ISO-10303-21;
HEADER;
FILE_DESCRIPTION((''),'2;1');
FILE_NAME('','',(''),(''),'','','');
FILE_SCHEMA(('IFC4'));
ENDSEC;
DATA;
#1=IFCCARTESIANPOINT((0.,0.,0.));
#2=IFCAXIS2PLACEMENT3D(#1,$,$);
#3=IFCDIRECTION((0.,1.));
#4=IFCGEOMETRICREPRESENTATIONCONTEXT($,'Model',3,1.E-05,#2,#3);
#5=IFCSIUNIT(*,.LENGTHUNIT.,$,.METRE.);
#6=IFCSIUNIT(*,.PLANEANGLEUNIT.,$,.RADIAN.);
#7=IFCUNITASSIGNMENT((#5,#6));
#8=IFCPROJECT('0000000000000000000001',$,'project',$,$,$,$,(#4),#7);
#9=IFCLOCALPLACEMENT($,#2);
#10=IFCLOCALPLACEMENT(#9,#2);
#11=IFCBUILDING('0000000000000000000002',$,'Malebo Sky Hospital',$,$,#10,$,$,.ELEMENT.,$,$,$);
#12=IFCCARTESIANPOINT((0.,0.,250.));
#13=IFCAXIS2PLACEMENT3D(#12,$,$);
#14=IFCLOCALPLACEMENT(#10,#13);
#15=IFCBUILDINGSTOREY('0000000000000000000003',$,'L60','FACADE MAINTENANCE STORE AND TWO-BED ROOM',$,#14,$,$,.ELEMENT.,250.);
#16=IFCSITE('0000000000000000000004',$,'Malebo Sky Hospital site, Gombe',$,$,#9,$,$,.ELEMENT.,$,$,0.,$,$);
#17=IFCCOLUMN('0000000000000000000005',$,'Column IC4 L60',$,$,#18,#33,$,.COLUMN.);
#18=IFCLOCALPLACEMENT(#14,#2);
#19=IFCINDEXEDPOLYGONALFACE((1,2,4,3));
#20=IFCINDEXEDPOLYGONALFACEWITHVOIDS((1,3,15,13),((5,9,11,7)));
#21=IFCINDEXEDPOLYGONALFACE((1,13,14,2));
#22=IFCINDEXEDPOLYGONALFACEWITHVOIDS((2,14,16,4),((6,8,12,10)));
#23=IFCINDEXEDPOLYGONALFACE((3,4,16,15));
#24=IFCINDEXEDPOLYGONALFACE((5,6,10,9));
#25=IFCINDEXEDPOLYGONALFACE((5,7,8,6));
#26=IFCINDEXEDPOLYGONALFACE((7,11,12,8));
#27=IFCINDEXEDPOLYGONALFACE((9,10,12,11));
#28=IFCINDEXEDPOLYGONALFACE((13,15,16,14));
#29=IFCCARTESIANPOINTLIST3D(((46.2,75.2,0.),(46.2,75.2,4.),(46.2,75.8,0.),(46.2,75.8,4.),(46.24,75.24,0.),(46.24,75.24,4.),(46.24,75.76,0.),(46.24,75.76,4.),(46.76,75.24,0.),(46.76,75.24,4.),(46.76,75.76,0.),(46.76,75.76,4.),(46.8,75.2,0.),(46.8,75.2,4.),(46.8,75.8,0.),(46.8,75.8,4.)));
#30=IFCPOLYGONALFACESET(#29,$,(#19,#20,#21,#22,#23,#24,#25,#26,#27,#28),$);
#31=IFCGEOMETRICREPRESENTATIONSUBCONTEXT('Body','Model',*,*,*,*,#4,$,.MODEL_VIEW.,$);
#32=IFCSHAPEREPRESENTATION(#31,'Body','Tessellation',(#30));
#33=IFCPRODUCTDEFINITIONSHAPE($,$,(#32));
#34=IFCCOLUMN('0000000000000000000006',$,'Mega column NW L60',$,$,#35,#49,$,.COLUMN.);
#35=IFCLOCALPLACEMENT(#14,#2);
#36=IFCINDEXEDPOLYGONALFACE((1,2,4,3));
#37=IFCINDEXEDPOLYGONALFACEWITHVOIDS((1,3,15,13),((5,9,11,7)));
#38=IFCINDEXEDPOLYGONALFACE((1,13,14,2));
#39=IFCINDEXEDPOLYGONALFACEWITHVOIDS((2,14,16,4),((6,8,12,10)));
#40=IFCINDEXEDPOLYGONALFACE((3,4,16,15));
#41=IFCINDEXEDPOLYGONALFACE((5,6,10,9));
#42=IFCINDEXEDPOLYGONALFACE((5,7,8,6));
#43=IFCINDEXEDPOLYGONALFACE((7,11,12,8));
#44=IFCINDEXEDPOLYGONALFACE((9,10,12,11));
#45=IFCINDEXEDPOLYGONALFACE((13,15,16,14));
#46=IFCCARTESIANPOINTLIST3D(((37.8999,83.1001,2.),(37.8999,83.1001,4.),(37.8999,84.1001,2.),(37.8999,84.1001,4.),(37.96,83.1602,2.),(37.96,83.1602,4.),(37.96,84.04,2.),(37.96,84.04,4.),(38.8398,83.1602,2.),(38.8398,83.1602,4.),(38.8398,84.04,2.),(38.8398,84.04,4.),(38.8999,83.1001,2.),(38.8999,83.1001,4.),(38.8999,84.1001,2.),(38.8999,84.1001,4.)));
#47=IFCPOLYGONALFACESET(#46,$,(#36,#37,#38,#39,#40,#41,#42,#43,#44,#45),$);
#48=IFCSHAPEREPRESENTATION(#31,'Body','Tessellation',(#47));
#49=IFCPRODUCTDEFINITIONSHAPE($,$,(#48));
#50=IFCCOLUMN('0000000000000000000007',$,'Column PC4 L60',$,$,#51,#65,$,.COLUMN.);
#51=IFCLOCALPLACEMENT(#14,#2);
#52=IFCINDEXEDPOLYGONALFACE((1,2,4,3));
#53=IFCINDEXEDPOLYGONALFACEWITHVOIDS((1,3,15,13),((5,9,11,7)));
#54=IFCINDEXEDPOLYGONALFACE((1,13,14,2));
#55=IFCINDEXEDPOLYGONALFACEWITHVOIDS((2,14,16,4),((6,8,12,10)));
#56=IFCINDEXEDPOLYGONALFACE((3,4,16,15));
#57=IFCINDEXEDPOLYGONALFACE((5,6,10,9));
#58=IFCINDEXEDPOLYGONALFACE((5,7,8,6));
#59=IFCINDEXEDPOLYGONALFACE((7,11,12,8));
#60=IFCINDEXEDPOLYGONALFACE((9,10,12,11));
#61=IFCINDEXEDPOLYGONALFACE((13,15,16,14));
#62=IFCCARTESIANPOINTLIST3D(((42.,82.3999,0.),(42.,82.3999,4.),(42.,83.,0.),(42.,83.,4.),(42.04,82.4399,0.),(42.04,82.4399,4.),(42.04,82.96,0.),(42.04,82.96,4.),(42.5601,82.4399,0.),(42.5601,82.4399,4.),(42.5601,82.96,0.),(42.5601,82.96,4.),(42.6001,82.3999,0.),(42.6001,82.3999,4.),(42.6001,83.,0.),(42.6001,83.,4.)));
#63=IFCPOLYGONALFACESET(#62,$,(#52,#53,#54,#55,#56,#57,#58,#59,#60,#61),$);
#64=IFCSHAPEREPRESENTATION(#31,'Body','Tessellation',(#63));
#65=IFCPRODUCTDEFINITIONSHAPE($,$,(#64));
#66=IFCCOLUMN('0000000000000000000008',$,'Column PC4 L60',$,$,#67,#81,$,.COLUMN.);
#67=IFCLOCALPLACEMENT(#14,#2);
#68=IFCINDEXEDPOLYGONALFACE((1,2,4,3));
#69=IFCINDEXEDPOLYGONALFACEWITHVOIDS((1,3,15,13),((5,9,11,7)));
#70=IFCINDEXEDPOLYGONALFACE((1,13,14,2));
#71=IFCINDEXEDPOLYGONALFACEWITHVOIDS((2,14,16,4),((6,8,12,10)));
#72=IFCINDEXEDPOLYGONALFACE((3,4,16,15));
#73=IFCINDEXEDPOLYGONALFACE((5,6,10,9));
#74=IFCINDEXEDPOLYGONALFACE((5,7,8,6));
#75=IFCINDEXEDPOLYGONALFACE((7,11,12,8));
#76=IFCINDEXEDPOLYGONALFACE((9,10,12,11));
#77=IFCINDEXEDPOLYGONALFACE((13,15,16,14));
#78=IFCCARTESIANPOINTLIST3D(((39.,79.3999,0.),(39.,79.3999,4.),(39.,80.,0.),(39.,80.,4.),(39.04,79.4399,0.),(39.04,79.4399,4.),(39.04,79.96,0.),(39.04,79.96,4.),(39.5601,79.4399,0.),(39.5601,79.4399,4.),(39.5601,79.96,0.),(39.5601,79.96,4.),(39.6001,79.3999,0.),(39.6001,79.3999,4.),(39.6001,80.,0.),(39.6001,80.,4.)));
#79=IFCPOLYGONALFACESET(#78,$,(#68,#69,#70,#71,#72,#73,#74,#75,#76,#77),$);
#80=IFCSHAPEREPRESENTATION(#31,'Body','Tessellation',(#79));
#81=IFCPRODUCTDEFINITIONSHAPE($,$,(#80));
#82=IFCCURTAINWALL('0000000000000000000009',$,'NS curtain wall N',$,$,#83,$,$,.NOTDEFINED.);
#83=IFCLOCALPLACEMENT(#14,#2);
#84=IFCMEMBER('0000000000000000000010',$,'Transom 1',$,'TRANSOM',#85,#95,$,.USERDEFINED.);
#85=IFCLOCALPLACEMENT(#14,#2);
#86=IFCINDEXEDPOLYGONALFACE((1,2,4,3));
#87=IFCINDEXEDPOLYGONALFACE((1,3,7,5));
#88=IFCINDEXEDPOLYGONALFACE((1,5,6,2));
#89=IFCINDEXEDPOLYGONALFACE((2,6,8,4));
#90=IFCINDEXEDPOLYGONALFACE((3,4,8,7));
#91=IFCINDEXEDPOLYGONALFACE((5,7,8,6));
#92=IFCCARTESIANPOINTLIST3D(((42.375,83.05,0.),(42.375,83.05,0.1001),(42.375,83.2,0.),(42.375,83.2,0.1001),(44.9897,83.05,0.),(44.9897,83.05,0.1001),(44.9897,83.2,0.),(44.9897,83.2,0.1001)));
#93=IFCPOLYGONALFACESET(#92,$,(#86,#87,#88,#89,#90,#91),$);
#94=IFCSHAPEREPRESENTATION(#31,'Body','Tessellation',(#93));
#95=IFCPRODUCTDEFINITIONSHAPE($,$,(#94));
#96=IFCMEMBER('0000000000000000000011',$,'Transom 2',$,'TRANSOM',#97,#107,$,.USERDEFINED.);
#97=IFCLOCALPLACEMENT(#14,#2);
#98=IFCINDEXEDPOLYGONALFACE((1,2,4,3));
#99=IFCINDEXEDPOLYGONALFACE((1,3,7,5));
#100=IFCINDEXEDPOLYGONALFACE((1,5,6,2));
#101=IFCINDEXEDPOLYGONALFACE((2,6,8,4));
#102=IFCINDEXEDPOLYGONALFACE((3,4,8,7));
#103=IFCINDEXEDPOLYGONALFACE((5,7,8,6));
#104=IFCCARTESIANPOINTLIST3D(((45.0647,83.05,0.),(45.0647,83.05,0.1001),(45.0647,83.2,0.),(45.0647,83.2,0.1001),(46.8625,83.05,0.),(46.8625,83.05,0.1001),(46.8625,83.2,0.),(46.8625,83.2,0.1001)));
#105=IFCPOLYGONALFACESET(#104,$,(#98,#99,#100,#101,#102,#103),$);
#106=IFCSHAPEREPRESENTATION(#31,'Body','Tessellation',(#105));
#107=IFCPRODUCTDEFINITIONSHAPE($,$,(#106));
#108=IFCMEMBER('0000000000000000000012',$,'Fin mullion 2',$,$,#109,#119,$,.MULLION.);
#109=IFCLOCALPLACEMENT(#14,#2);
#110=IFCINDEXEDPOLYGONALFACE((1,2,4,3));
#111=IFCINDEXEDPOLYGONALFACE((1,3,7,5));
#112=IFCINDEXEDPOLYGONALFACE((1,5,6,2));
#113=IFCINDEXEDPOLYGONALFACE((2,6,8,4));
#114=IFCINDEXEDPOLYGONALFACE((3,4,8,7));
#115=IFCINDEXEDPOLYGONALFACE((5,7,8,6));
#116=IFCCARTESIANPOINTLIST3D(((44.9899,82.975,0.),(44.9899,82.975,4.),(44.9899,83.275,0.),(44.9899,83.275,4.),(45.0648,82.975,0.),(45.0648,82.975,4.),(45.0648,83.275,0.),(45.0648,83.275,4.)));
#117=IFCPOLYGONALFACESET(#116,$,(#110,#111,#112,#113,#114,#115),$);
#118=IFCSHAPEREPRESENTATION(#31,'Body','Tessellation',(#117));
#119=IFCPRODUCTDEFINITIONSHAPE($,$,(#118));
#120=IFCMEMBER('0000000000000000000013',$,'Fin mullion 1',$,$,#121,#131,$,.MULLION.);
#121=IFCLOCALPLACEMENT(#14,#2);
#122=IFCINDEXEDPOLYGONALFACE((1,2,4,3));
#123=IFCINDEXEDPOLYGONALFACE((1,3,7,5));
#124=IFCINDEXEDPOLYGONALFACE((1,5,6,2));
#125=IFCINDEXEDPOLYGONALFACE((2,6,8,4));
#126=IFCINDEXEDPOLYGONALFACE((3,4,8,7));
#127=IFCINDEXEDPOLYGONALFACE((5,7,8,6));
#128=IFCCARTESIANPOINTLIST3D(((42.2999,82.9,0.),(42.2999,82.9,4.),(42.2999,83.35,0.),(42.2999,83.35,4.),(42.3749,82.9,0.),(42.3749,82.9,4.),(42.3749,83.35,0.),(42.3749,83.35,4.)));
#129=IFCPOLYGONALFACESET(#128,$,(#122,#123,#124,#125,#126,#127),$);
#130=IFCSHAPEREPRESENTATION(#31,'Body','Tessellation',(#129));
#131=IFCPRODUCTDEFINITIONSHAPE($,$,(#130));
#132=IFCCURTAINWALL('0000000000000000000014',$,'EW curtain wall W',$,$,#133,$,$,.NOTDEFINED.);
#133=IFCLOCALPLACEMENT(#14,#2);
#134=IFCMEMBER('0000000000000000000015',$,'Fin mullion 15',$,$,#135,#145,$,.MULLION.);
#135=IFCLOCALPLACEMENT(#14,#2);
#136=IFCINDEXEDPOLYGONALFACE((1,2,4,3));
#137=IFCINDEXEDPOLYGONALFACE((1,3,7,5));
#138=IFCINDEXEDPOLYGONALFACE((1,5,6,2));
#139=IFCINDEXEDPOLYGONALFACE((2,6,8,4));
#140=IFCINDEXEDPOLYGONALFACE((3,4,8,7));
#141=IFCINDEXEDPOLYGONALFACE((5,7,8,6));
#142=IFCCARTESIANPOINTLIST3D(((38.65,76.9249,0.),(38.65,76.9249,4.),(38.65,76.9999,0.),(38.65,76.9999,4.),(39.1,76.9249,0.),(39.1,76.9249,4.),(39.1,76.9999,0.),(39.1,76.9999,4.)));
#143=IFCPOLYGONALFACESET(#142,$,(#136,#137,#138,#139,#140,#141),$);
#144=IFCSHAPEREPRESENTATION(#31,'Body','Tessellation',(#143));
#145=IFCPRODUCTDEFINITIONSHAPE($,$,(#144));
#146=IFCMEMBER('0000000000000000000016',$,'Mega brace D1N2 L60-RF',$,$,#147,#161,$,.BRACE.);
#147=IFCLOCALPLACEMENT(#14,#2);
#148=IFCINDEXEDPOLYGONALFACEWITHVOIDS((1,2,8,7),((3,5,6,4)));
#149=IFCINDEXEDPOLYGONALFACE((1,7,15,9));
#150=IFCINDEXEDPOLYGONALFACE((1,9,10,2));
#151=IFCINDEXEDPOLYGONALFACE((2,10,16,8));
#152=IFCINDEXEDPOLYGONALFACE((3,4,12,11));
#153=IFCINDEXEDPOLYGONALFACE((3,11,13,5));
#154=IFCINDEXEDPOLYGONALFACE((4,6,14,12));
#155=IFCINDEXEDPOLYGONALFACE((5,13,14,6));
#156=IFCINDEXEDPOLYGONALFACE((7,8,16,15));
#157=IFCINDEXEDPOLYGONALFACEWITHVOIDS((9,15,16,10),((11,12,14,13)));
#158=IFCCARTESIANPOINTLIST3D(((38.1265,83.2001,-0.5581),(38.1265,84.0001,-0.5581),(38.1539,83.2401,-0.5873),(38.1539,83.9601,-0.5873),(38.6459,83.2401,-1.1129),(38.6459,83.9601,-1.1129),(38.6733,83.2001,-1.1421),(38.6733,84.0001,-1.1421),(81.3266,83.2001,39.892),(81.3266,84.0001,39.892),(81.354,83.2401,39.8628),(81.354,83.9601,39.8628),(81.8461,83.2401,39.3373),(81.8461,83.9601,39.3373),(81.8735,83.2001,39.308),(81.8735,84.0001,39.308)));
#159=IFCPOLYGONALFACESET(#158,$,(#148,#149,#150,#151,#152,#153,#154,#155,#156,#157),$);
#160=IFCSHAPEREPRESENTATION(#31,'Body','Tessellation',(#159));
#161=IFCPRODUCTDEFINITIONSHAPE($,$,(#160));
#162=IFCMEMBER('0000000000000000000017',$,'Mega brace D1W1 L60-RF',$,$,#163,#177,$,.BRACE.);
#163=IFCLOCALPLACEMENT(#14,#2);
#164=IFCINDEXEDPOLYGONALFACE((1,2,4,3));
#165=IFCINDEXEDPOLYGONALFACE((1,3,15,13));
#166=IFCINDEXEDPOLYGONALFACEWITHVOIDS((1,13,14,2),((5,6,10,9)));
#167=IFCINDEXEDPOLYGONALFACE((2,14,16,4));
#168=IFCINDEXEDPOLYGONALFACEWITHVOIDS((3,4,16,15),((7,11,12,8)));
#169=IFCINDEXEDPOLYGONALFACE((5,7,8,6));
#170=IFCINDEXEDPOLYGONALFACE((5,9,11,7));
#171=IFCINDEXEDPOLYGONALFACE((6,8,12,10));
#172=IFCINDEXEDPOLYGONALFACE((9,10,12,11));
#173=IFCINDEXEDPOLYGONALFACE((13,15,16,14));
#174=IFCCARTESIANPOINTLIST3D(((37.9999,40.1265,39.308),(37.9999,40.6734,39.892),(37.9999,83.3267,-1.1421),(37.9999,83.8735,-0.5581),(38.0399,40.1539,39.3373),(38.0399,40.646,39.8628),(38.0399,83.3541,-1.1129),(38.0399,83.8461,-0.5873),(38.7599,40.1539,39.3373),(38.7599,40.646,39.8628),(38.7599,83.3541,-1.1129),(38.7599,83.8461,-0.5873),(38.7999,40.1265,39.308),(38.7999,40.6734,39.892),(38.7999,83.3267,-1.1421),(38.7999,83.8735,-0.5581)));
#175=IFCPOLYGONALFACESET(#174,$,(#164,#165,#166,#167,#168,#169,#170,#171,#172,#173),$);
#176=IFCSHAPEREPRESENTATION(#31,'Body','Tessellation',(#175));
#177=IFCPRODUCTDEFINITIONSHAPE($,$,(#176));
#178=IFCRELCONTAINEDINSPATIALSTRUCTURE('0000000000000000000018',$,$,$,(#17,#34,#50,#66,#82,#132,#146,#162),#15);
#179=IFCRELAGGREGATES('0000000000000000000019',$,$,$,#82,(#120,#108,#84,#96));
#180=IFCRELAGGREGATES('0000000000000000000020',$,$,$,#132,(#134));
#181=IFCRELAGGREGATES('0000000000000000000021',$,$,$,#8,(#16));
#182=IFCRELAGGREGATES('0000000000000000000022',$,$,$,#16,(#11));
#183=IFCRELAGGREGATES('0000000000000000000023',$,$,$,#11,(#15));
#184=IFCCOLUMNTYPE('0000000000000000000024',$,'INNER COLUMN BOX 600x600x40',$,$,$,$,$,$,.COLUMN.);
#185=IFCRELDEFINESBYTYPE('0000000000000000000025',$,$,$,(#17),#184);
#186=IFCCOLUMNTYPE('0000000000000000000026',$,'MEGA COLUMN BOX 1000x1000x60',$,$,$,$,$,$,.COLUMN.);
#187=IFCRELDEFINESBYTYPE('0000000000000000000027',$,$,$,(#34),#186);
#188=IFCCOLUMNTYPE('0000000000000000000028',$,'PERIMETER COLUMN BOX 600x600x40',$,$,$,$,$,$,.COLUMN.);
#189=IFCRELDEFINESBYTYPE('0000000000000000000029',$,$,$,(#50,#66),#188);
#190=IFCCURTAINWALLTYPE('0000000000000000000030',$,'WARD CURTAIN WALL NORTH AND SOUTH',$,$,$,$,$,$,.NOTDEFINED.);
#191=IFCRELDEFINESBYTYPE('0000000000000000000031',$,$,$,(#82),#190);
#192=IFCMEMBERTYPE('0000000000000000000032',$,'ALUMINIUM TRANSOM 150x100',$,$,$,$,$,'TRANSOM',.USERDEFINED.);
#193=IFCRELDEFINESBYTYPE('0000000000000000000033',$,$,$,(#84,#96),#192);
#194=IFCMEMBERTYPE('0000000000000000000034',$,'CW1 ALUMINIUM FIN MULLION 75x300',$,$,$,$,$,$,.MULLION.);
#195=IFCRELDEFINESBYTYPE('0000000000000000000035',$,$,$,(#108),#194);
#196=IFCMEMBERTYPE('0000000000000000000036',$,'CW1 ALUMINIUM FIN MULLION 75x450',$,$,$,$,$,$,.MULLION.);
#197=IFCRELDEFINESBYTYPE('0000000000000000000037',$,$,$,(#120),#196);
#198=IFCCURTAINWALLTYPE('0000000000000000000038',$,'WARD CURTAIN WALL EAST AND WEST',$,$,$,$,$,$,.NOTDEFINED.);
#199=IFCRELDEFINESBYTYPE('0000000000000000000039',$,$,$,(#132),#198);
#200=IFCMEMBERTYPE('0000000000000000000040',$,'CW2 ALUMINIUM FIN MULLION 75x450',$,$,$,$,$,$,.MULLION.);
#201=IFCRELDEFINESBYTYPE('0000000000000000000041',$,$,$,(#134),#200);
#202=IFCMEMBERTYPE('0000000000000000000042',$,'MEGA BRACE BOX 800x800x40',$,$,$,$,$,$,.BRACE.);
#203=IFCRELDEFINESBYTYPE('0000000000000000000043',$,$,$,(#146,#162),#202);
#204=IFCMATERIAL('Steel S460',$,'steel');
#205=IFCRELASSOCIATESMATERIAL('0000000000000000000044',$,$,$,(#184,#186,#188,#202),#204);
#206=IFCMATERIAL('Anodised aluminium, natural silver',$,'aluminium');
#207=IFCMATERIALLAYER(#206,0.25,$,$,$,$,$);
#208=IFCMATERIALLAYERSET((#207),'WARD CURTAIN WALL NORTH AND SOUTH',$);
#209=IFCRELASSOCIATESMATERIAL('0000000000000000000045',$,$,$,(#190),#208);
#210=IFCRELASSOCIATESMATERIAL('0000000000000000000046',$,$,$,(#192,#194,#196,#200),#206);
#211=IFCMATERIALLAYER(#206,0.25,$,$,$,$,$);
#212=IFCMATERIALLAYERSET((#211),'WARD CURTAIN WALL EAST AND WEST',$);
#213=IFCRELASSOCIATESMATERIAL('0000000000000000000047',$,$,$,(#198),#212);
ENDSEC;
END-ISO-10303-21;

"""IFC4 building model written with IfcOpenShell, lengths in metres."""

from ifc_helpers import new_model, si_unit, direction, frame, origin, origin_2d, place, context, subcontext, project, spatial, rectangle, hollow_rectangle, extrude, material, layer, layer_set, material_profile, profile_set, type_object, element, aggregate, save


model = new_model("IFC4")

# Units and contexts
model_context = context("Model", 3, precision=1e-05, world=origin(), true_north=direction((0.0, 1.0)))
body_context = subcontext(model_context, "Body", "Model", "MODEL_VIEW")
ifc_project = project(units=[si_unit("LENGTHUNIT", "METRE"), si_unit("PLANEANGLEUNIT", "RADIAN")], contexts=[model_context])

# Site, building, storey
site_placement = place(None, origin())
site = spatial("IfcSite", under=ifc_project, at=site_placement, Name="Malebo Sky Hospital site, Gombe", CompositionType="ELEMENT", RefElevation=0.0)
building_placement = place(site_placement, origin())
building = spatial("IfcBuilding", under=site, at=building_placement, Name="Malebo Sky Hospital", CompositionType="ELEMENT")
storey_placement = place(building_placement, frame((0.0, 0.0, 250.0)))
storey = spatial("IfcBuildingStorey", under=building, at=storey_placement, Name="L60", Description="FACADE MAINTENANCE STORE AND TWO-BED ROOM", CompositionType="ELEMENT", Elevation=250.0)

# Columns
ifc_material_1 = material(Name="Steel S460", Category="steel")
ifc_material_profile_1 = material_profile(ifc_material_1, hollow_rectangle(XDim=0.6001, YDim=0.6001, WallThickness=0.04, at=origin_2d()), Name="BOX 600x600x40")
ifc_profile_set_1 = profile_set([ifc_material_profile_1], Name="Steel S460")
column_type_1 = type_object("IfcColumnType", Name="INNER COLUMN BOX 600x600x40", PredefinedType="COLUMN", material=ifc_profile_set_1)
column_1_placement = place(storey_placement, frame((46.5, 75.5, 0.0), z_axis=(0.0, 0.0, 1.0), x_axis=(1.0, 0.0, 0.0)))
element("IfcColumn", 1, at=column_1_placement, inside=storey, type_object=column_type_1, Name="Column IC4 L60", PredefinedType="COLUMN", context=body_context, shape_type="SweptSolid", body=[
    extrude(hollow_rectangle(XDim=0.6001, YDim=0.6001, WallThickness=0.04, at=origin_2d()), origin(), (0.0, 0.0, 1.0), 4.0),
])
ifc_material_profile_2 = material_profile(ifc_material_1, hollow_rectangle(XDim=1.0, YDim=1.0, WallThickness=0.0601, at=origin_2d()), Name="BOX 1000x1000x60")
ifc_profile_set_2 = profile_set([ifc_material_profile_2], Name="Steel S460")
column_type_2 = type_object("IfcColumnType", Name="MEGA COLUMN BOX 1000x1000x60", PredefinedType="COLUMN", material=ifc_profile_set_2)
column_2_placement = place(storey_placement, frame((38.3999, 83.6001, 2.0), z_axis=(0.0, 0.0, 1.0), x_axis=(1.0, 0.0, 0.0)))
element("IfcColumn", 2, at=column_2_placement, inside=storey, type_object=column_type_2, Name="Mega column NW L60", PredefinedType="COLUMN", context=body_context, shape_type="SweptSolid", body=[
    extrude(hollow_rectangle(XDim=1.0, YDim=1.0, WallThickness=0.0601, at=origin_2d()), origin(), (0.0, 0.0, 1.0), 2.0),
])
ifc_material_profile_3 = material_profile(ifc_material_1, hollow_rectangle(XDim=0.6001, YDim=0.6001, WallThickness=0.04, at=origin_2d()), Name="BOX 600x600x40")
ifc_profile_set_3 = profile_set([ifc_material_profile_3], Name="Steel S460")
column_type_3 = type_object("IfcColumnType", Name="PERIMETER COLUMN BOX 600x600x40", PredefinedType="COLUMN", material=ifc_profile_set_3)
for number, where, z_axis, x_axis, name in (
    (3, (42.3, 82.7, 0.0), (0.0, 0.0, 1.0), (1.0, 0.0, 0.0), "Column PC4 L60"),
    (4, (39.3, 79.7, 0.0), (0.0, 0.0, 1.0), (1.0, 0.0, 0.0), "Column PC4 L60"),
):
    element("IfcColumn", number, at=place(storey_placement, frame(where, z_axis=z_axis, x_axis=x_axis)), inside=storey, type_object=column_type_3, Name=name, PredefinedType="COLUMN", context=body_context, shape_type="SweptSolid", body=[
        extrude(hollow_rectangle(XDim=0.6001, YDim=0.6001, WallThickness=0.04, at=origin_2d()), origin(), (0.0, 0.0, 1.0), 4.0),
    ])

# Curtain wall, members
ifc_material_2 = material(Name="Anodised aluminium, natural silver", Category="aluminium")
ifc_layer_1 = layer(ifc_material_2, 0.25)
ifc_layer_set_1 = layer_set([ifc_layer_1], Name="WARD CURTAIN WALL NORTH AND SOUTH")
curtain_wall_type_1 = type_object("IfcCurtainWallType", Name="WARD CURTAIN WALL NORTH AND SOUTH", PredefinedType="NOTDEFINED", material=ifc_layer_set_1)
curtain_wall_1_placement = place(storey_placement, origin())
curtain_wall_1 = element("IfcCurtainWall", 5, at=curtain_wall_1_placement, inside=storey, type_object=curtain_wall_type_1, Name="NS curtain wall N", PredefinedType="NOTDEFINED")
ifc_material_profile_4 = material_profile(ifc_material_2, rectangle(XDim=0.1499, YDim=0.1001, at=origin_2d()), Name="ALUMINIUM TRANSOM 150x100")
ifc_profile_set_4 = profile_set([ifc_material_profile_4], Name="Anodised aluminium, natural silver")
member_type_1 = type_object("IfcMemberType", Name="ALUMINIUM TRANSOM 150x100", ElementType="TRANSOM", PredefinedType="USERDEFINED", material=ifc_profile_set_4)
member_1_placement = place(storey_placement, frame((42.375, 83.125, 0.05), z_axis=(1.0, 0.0, 0.0), x_axis=(0.0, 1.0, 0.0)))
member_1 = element("IfcMember", 6, at=member_1_placement, type_object=member_type_1, Name="Transom 1", ObjectType="TRANSOM", PredefinedType="USERDEFINED", context=body_context, shape_type="SweptSolid", body=[
    extrude(rectangle(XDim=0.1499, YDim=0.1001, at=origin_2d()), origin(), (0.0, 0.0, 1.0), 2.6147),
])
member_2_placement = place(storey_placement, frame((45.0647, 83.125, 0.05), z_axis=(1.0, 0.0, 0.0), x_axis=(0.0, 1.0, 0.0)))
member_2 = element("IfcMember", 7, at=member_2_placement, type_object=member_type_1, Name="Transom 2", ObjectType="TRANSOM", PredefinedType="USERDEFINED", context=body_context, shape_type="SweptSolid", body=[
    extrude(rectangle(XDim=0.1499, YDim=0.1001, at=origin_2d()), origin(), (0.0, 0.0, 1.0), 1.7979),
])
ifc_material_profile_5 = material_profile(ifc_material_2, rectangle(XDim=0.075, YDim=0.3, at=origin_2d()), Name="CW1 ALUMINIUM FIN MULLION 75x300")
ifc_profile_set_5 = profile_set([ifc_material_profile_5], Name="Anodised aluminium, natural silver")
member_type_2 = type_object("IfcMemberType", Name="CW1 ALUMINIUM FIN MULLION 75x300", PredefinedType="MULLION", material=ifc_profile_set_5)
member_3_placement = place(storey_placement, frame((45.0273, 83.125, 0.0), z_axis=(0.0, 0.0, 1.0), x_axis=(1.0, 0.0, 0.0)))
member_3 = element("IfcMember", 8, at=member_3_placement, type_object=member_type_2, Name="Fin mullion 2", PredefinedType="MULLION", context=body_context, shape_type="SweptSolid", body=[
    extrude(rectangle(XDim=0.075, YDim=0.3, at=origin_2d()), origin(), (0.0, 0.0, 1.0), 4.0),
])
ifc_material_profile_6 = material_profile(ifc_material_2, rectangle(XDim=0.075, YDim=0.45, at=origin_2d()), Name="CW1 ALUMINIUM FIN MULLION 75x450")
ifc_profile_set_6 = profile_set([ifc_material_profile_6], Name="Anodised aluminium, natural silver")
member_type_3 = type_object("IfcMemberType", Name="CW1 ALUMINIUM FIN MULLION 75x450", PredefinedType="MULLION", material=ifc_profile_set_6)
member_4_placement = place(storey_placement, frame((42.3374, 83.125, 0.0), z_axis=(0.0, 0.0, 1.0), x_axis=(1.0, 0.0, 0.0)))
member_4 = element("IfcMember", 9, at=member_4_placement, type_object=member_type_3, Name="Fin mullion 1", PredefinedType="MULLION", context=body_context, shape_type="SweptSolid", body=[
    extrude(rectangle(XDim=0.075, YDim=0.45, at=origin_2d()), origin(), (0.0, 0.0, 1.0), 4.0),
])

# Curtain wall, member
ifc_layer_2 = layer(ifc_material_2, 0.25)
ifc_layer_set_2 = layer_set([ifc_layer_2], Name="WARD CURTAIN WALL EAST AND WEST")
curtain_wall_type_2 = type_object("IfcCurtainWallType", Name="WARD CURTAIN WALL EAST AND WEST", PredefinedType="NOTDEFINED", material=ifc_layer_set_2)
curtain_wall_2_placement = place(storey_placement, origin())
curtain_wall_2 = element("IfcCurtainWall", 10, at=curtain_wall_2_placement, inside=storey, type_object=curtain_wall_type_2, Name="EW curtain wall W", PredefinedType="NOTDEFINED")
ifc_material_profile_7 = material_profile(ifc_material_2, rectangle(XDim=0.075, YDim=0.45, at=origin_2d()), Name="CW2 ALUMINIUM FIN MULLION 75x450")
ifc_profile_set_7 = profile_set([ifc_material_profile_7], Name="Anodised aluminium, natural silver")
member_type_4 = type_object("IfcMemberType", Name="CW2 ALUMINIUM FIN MULLION 75x450", PredefinedType="MULLION", material=ifc_profile_set_7)
member_5_placement = place(storey_placement, frame((38.875, 76.9624, 0.0), z_axis=(0.0, 0.0, 1.0), x_axis=(0.0, 1.0, 0.0)))
member_5 = element("IfcMember", 11, at=member_5_placement, type_object=member_type_4, Name="Fin mullion 15", PredefinedType="MULLION", context=body_context, shape_type="SweptSolid", body=[
    extrude(rectangle(XDim=0.075, YDim=0.45, at=origin_2d()), origin(), (0.0, 0.0, 1.0), 4.0),
])

# Members
ifc_material_profile_8 = material_profile(ifc_material_1, hollow_rectangle(XDim=0.8, YDim=0.8, WallThickness=0.04, at=origin_2d()), Name="BOX 800x800x40")
ifc_profile_set_8 = profile_set([ifc_material_profile_8], Name="Steel S460")
member_type_5 = type_object("IfcMemberType", Name="MEGA BRACE BOX 800x800x40", PredefinedType="BRACE", material=ifc_profile_set_8)
for number, where, z_axis, x_axis, name in (
    (12, (38.3999, 83.6001, -0.8501), (0.729959, 0.0, 0.683491), (0.0, 1.0, 0.0), "Mega brace D1N2 L60-RF"),
    (13, (38.3999, 83.6001, -0.8501), (0.0, -0.729959, 0.683491), (1.0, 0.0, 0.0), "Mega brace D1W1 L60-RF"),
):
    element("IfcMember", number, at=place(storey_placement, frame(where, z_axis=z_axis, x_axis=x_axis)), inside=storey, type_object=member_type_5, Name=name, PredefinedType="BRACE", context=body_context, shape_type="SweptSolid", body=[
        extrude(hollow_rectangle(XDim=0.8, YDim=0.8, WallThickness=0.04, at=origin_2d()), origin(), (0.0, 0.0, 1.0), 59.1816),
    ])

aggregate(curtain_wall_1, [member_4, member_3, member_1, member_2])
aggregate(curtain_wall_2, [member_5])

save(model, "model.ifc")
